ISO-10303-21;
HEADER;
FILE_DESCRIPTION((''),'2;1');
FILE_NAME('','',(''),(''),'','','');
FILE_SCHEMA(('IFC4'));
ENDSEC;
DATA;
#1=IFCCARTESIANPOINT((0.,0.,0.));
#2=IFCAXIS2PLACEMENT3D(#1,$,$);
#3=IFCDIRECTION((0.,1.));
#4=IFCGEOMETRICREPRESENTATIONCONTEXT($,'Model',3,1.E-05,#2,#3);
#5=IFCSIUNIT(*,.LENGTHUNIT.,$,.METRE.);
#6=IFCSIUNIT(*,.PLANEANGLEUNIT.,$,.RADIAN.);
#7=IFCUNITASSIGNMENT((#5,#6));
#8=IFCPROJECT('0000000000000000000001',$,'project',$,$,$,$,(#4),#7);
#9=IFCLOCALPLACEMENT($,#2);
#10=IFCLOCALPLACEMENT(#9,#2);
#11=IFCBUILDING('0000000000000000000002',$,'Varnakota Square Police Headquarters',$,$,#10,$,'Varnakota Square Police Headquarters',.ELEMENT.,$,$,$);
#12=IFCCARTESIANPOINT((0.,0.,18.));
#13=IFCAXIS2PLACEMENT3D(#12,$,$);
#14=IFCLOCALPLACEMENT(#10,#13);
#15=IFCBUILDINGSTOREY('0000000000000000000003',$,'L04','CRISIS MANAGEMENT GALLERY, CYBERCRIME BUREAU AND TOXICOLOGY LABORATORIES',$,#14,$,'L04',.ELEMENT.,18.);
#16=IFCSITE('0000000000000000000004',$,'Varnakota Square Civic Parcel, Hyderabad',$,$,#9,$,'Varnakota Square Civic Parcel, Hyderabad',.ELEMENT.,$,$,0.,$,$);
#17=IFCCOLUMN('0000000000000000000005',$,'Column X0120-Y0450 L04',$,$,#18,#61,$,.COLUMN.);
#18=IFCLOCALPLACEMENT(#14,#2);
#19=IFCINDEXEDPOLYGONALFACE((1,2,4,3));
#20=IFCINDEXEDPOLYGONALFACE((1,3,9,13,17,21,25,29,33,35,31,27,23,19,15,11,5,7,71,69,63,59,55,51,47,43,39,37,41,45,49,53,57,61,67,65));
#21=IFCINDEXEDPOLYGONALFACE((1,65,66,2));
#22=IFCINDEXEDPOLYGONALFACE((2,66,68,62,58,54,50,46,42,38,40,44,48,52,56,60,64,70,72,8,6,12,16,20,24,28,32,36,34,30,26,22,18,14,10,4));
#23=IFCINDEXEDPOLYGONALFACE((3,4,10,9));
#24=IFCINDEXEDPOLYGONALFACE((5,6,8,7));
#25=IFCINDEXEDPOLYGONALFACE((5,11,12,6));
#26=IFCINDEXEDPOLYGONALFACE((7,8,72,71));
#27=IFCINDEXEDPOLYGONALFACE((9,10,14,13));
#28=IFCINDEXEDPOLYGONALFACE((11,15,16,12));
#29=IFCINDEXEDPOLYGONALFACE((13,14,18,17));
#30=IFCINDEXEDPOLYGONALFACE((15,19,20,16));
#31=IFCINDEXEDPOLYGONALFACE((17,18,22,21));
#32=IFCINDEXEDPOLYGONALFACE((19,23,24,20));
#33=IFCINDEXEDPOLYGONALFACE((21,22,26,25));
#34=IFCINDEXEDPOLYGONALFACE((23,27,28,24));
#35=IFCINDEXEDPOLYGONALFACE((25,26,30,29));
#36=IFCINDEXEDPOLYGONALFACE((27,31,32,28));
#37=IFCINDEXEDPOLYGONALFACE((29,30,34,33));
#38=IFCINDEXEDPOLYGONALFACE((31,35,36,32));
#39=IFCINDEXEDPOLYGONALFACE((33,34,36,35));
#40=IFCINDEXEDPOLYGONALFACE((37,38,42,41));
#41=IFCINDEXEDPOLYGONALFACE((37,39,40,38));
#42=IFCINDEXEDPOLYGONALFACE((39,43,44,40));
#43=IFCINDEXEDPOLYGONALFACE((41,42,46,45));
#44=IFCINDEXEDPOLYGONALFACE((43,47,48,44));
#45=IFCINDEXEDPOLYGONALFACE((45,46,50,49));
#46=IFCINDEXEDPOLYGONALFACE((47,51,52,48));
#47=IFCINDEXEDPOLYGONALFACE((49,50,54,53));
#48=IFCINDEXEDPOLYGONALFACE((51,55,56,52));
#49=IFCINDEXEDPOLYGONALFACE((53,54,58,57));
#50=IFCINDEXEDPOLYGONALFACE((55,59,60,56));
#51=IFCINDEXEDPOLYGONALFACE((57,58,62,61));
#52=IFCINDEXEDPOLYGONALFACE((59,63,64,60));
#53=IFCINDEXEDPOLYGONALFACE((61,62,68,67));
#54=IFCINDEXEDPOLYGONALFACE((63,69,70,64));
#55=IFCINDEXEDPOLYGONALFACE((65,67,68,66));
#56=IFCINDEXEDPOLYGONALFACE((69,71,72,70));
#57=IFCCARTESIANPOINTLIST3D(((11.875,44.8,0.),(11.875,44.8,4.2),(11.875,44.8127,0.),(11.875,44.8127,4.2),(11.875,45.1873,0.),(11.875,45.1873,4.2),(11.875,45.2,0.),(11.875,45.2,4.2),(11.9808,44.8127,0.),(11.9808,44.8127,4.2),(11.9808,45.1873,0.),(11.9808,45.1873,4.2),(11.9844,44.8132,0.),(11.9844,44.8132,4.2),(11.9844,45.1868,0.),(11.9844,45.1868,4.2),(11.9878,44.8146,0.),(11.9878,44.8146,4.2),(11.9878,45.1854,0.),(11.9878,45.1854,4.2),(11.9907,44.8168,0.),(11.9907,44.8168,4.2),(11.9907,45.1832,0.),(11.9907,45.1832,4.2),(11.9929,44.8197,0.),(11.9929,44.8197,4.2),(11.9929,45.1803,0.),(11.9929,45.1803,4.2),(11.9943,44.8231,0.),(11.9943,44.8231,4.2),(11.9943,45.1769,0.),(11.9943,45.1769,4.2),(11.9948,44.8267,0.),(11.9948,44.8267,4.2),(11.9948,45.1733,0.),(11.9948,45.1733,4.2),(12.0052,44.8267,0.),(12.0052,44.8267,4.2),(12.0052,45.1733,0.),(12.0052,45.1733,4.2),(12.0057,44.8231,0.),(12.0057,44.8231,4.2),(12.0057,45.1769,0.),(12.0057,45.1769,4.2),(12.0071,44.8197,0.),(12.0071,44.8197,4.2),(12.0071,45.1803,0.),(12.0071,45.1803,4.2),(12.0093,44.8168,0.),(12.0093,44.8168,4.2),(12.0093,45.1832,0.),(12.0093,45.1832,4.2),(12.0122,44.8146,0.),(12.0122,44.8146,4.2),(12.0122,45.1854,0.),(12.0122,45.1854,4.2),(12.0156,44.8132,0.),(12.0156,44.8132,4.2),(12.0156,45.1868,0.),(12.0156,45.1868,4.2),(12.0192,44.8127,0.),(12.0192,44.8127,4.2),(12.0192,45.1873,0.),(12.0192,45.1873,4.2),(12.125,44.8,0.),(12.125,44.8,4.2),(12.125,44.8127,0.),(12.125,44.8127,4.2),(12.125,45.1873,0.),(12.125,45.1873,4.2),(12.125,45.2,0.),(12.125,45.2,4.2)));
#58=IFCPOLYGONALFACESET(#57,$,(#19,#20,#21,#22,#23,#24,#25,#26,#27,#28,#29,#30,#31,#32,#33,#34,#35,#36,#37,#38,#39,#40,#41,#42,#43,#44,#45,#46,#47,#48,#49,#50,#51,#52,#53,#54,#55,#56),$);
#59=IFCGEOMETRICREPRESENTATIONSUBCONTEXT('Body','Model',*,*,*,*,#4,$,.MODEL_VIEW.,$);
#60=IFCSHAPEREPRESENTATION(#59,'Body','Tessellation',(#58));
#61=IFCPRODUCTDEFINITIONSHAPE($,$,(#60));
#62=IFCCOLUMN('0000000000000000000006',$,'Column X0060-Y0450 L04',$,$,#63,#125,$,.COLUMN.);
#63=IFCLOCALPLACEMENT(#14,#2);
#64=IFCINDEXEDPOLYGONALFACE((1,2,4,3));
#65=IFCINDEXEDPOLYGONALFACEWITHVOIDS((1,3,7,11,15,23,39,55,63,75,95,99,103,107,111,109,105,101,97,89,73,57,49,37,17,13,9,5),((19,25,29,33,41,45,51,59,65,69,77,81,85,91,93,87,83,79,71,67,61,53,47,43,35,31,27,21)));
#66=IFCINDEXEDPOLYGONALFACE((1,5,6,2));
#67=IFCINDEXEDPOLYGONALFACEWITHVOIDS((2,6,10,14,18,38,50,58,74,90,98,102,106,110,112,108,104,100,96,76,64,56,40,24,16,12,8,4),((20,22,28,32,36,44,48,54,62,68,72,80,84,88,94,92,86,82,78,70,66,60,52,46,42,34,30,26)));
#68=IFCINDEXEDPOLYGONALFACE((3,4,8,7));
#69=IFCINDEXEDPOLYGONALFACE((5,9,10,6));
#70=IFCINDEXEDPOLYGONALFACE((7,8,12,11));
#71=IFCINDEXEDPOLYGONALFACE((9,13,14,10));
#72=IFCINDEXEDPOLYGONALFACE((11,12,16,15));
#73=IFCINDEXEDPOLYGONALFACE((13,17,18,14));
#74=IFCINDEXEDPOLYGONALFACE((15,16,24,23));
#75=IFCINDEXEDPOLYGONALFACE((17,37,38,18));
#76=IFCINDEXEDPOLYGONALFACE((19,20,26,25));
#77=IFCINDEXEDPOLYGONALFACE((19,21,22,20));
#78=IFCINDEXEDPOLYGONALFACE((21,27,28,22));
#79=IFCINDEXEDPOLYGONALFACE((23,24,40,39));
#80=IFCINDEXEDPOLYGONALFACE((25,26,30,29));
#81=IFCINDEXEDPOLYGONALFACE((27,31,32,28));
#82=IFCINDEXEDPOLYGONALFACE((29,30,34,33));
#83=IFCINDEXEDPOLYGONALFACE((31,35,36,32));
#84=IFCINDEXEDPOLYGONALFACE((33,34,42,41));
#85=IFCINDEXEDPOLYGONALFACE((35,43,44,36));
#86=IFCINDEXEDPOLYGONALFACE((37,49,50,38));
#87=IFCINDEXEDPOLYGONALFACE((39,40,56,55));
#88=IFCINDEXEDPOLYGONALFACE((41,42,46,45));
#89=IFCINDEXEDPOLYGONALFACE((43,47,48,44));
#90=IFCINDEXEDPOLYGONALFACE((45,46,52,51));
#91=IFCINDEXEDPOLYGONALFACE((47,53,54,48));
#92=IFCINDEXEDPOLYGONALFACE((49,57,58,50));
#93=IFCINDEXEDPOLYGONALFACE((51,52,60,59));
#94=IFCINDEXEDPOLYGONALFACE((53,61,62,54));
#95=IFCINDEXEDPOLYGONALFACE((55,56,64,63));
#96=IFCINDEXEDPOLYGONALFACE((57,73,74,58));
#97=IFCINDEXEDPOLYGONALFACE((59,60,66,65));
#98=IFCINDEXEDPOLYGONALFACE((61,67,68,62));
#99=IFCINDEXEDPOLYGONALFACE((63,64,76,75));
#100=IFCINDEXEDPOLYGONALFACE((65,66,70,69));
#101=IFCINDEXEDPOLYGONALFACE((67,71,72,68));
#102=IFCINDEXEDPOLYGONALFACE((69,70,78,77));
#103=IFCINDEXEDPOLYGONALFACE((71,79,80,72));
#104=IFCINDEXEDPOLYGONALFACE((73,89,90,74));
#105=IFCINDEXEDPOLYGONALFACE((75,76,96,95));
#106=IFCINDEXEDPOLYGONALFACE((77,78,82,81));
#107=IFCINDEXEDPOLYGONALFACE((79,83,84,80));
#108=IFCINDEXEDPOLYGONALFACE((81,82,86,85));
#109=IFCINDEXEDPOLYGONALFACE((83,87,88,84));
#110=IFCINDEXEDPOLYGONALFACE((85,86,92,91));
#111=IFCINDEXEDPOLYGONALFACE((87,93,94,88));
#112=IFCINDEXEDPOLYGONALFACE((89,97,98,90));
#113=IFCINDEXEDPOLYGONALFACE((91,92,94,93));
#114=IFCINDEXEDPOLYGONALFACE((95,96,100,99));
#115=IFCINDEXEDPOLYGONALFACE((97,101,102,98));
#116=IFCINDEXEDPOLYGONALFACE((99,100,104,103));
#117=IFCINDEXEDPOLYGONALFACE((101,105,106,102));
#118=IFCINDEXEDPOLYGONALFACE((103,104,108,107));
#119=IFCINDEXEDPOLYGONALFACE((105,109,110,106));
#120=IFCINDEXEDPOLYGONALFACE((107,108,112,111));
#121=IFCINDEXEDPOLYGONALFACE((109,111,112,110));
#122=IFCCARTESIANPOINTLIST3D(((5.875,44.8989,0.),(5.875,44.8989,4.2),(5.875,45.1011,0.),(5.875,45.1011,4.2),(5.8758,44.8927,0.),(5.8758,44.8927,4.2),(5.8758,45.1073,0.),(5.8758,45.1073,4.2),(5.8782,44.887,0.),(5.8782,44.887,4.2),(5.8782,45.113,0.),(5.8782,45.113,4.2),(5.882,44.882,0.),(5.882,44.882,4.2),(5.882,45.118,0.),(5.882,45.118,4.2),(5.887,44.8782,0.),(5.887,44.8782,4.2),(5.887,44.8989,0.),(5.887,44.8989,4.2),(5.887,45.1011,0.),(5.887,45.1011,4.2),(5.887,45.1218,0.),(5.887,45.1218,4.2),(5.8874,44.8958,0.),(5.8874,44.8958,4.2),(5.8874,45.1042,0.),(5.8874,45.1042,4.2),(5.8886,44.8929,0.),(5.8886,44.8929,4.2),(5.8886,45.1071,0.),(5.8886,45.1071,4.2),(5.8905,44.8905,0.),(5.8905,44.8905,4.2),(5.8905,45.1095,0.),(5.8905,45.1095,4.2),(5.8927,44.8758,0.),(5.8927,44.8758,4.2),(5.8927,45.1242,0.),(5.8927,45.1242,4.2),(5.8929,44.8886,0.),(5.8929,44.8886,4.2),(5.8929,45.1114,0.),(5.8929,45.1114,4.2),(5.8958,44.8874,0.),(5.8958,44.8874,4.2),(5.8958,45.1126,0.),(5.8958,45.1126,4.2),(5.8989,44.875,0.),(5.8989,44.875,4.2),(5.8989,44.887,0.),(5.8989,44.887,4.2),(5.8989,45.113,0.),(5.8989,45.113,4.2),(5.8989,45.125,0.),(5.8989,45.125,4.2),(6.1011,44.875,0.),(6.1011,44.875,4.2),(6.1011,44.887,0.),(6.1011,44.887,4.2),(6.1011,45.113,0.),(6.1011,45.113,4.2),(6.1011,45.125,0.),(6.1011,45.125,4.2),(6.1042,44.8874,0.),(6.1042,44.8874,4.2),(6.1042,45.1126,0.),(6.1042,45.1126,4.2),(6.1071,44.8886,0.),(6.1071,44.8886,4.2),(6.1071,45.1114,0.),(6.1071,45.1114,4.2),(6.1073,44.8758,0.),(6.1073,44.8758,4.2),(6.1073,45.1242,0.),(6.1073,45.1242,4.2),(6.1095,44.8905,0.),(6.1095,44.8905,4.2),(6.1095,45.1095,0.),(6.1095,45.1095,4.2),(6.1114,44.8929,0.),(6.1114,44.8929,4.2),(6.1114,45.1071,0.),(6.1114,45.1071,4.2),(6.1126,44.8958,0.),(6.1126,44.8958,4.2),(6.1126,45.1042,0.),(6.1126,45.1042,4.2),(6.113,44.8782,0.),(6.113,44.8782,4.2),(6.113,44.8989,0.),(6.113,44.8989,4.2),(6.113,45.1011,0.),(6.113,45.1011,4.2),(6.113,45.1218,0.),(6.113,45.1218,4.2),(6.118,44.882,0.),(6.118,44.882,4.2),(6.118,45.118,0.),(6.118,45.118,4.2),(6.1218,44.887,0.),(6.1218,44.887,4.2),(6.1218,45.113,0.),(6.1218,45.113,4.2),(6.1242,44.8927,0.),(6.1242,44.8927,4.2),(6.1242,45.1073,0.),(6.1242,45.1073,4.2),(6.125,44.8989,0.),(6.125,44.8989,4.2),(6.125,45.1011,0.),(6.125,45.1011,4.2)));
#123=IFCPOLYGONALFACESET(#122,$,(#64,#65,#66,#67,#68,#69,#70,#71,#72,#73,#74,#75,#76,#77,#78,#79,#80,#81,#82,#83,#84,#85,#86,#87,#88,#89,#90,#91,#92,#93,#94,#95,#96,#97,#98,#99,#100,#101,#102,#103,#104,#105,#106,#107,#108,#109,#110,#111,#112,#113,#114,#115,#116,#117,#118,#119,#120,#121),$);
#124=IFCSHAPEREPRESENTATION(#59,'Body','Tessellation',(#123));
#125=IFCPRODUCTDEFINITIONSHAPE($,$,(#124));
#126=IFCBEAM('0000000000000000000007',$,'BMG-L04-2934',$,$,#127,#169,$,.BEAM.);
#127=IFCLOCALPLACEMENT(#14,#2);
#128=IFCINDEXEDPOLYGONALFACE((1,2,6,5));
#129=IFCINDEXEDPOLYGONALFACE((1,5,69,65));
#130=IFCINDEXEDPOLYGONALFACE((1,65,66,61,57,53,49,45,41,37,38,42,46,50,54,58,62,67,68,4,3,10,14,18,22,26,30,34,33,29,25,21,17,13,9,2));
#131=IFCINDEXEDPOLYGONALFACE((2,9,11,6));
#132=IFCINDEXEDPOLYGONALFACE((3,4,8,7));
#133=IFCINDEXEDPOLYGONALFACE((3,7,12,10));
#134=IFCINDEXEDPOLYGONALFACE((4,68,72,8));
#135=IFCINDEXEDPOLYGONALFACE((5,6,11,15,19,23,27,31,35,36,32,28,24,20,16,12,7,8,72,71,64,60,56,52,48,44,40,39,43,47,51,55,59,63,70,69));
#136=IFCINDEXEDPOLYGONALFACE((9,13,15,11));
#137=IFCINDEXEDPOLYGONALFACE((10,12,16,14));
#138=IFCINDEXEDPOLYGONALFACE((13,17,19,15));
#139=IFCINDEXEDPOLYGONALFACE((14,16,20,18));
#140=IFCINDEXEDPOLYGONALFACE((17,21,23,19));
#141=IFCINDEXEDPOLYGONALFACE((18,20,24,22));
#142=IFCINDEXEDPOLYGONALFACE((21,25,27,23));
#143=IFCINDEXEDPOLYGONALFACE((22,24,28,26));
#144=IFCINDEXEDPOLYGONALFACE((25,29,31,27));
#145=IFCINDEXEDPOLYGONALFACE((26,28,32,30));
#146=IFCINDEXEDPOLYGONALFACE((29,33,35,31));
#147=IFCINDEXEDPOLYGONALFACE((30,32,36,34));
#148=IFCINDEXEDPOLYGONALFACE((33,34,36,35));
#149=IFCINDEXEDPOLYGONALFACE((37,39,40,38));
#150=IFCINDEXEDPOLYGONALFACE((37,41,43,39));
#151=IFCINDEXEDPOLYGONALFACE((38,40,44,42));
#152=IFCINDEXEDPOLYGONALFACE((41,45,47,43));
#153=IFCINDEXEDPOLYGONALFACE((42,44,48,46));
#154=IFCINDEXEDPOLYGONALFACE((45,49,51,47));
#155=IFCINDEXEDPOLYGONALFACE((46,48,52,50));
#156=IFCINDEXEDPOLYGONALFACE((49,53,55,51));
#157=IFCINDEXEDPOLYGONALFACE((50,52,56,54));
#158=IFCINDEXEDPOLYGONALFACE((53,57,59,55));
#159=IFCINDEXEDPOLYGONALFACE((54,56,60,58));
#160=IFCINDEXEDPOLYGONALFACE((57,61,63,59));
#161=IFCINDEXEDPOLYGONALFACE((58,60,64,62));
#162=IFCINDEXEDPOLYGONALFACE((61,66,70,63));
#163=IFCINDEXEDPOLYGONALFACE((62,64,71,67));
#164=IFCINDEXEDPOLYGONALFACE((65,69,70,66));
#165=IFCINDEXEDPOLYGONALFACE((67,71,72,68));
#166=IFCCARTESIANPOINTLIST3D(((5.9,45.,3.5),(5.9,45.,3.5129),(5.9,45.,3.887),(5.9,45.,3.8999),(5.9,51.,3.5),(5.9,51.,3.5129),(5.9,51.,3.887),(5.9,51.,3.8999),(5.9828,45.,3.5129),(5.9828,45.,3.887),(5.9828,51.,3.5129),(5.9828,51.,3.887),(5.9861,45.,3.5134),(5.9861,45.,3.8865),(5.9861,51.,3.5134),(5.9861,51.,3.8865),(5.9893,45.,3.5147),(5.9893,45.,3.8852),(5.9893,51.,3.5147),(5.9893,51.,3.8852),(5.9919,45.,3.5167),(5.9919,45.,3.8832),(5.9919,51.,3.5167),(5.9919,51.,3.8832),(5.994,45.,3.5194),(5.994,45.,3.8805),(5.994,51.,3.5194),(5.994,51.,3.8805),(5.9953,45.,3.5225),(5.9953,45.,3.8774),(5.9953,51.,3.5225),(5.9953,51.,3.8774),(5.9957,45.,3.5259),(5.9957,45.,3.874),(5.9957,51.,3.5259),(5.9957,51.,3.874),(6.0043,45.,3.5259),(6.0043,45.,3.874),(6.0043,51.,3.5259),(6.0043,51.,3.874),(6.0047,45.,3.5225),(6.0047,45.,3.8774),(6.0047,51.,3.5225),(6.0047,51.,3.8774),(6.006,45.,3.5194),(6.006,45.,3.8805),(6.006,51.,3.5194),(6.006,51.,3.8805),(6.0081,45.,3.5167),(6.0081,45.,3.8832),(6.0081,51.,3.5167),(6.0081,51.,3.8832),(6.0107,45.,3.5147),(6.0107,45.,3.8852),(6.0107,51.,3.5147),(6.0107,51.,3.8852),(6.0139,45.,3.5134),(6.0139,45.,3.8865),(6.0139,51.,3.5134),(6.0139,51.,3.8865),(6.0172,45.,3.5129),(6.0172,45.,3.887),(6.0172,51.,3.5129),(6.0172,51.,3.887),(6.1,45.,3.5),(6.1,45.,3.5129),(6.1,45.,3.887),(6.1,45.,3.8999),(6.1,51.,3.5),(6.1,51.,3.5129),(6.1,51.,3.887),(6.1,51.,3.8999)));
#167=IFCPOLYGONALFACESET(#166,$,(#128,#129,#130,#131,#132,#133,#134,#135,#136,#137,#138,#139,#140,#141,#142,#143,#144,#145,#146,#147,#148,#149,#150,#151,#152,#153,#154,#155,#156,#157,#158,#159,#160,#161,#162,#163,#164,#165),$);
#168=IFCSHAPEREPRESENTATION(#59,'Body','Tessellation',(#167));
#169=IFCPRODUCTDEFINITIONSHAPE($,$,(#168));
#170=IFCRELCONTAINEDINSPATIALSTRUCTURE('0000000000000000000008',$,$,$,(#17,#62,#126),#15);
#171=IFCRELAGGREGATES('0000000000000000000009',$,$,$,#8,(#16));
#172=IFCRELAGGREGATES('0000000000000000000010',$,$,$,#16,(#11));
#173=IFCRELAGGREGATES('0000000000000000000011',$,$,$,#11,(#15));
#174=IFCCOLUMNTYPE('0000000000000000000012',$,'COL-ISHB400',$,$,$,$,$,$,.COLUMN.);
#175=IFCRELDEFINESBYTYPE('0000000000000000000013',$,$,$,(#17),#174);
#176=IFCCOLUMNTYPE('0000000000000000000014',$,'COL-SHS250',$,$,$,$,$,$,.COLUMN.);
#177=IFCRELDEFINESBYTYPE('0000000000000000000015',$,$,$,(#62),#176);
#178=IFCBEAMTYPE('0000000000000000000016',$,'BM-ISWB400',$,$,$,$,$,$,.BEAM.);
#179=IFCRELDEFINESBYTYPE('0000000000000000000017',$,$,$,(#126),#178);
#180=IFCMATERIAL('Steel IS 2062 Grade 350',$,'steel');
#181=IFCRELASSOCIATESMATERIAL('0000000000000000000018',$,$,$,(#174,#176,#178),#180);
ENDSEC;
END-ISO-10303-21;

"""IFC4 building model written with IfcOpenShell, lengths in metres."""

from ifc_helpers import new_model, si_unit, direction, frame, origin, origin_2d, place, context, subcontext, project, spatial, hollow_rectangle, i_section, extrude, material, material_profile, profile_set, type_object, element, save


model = new_model("IFC4")

# Units and contexts
model_context = context("Model", 3, precision=1e-05, world=origin(), true_north=direction((0.0, 1.0)))
body_context = subcontext(model_context, "Body", "Model", "MODEL_VIEW")
ifc_project = project(units=[si_unit("LENGTHUNIT", "METRE"), si_unit("PLANEANGLEUNIT", "RADIAN")], contexts=[model_context])

# Site, building, storey
site_placement = place(None, origin())
site = spatial("IfcSite", under=ifc_project, at=site_placement, Name="Varnakota Square Civic Parcel, Hyderabad", LongName="Varnakota Square Civic Parcel, Hyderabad", CompositionType="ELEMENT", RefElevation=0.0)
building_placement = place(site_placement, origin())
building = spatial("IfcBuilding", under=site, at=building_placement, Name="Varnakota Square Police Headquarters", LongName="Varnakota Square Police Headquarters", CompositionType="ELEMENT")
storey_placement = place(building_placement, frame((0.0, 0.0, 18.0)))
storey = spatial("IfcBuildingStorey", under=building, at=storey_placement, Name="L04", Description="CRISIS MANAGEMENT GALLERY, CYBERCRIME BUREAU AND TOXICOLOGY LABORATORIES", LongName="L04", CompositionType="ELEMENT", Elevation=18.0)

# Columns
ifc_material_1 = material(Name="Steel IS 2062 Grade 350", Category="steel")
ifc_material_profile_1 = material_profile(ifc_material_1, i_section(OverallWidth=0.25, OverallDepth=0.3999, WebThickness=0.0105, FlangeThickness=0.0127, FilletRadius=0.0139, at=origin_2d()), Name="ISHB 400")
ifc_profile_set_1 = profile_set([ifc_material_profile_1], Name="Steel IS 2062 Grade 350")
column_type_1 = type_object("IfcColumnType", Name="COL-ISHB400", PredefinedType="COLUMN", material=ifc_profile_set_1)
column_1_placement = place(storey_placement, frame((12.0, 45.0, 0.0), z_axis=(0.0, 0.0, 1.0), x_axis=(1.0, 0.0, 0.0)))
element("IfcColumn", 1, at=column_1_placement, inside=storey, type_object=column_type_1, Name="Column X0120-Y0450 L04", PredefinedType="COLUMN", context=body_context, shape_type="SweptSolid", body=[
    extrude(i_section(OverallWidth=0.25, OverallDepth=0.3999, WebThickness=0.0105, FlangeThickness=0.0127, FilletRadius=0.0139, at=origin_2d()), origin(), (0.0, 0.0, 1.0), 4.2),
])
ifc_material_profile_2 = material_profile(ifc_material_1, hollow_rectangle(XDim=0.25, YDim=0.25, WallThickness=0.012, InnerFilletRadius=0.012, OuterFilletRadius=0.0239, at=origin_2d()), Name="SHS 250x250x12")
ifc_profile_set_2 = profile_set([ifc_material_profile_2], Name="Steel IS 2062 Grade 350")
column_type_2 = type_object("IfcColumnType", Name="COL-SHS250", PredefinedType="COLUMN", material=ifc_profile_set_2)
column_2_placement = place(storey_placement, frame((6.0, 45.0, 0.0), z_axis=(0.0, 0.0, 1.0), x_axis=(1.0, 0.0, 0.0)))
element("IfcColumn", 2, at=column_2_placement, inside=storey, type_object=column_type_2, Name="Column X0060-Y0450 L04", PredefinedType="COLUMN", context=body_context, shape_type="SweptSolid", body=[
    extrude(hollow_rectangle(XDim=0.25, YDim=0.25, WallThickness=0.012, InnerFilletRadius=0.012, OuterFilletRadius=0.0239, at=origin_2d()), origin(), (0.0, 0.0, 1.0), 4.2),
])

# Beam
ifc_material_profile_3 = material_profile(ifc_material_1, i_section(OverallWidth=0.2, OverallDepth=0.3999, WebThickness=0.0085, FlangeThickness=0.0129, FilletRadius=0.0129, at=origin_2d()), Name="ISWB 400")
ifc_profile_set_3 = profile_set([ifc_material_profile_3], Name="Steel IS 2062 Grade 350")
beam_type_1 = type_object("IfcBeamType", Name="BM-ISWB400", PredefinedType="BEAM", material=ifc_profile_set_3)
for number, where, z_axis, x_axis, name in (
    (3, (6.0, 45.0, 3.7), (0.0, 1.0, 0.0), (-1.0, 0.0, 0.0), "BMG-L04-2934"),
):
    element("IfcBeam", number, at=place(storey_placement, frame(where, z_axis=z_axis, x_axis=x_axis)), inside=storey, type_object=beam_type_1, Name=name, PredefinedType="BEAM", context=body_context, shape_type="SweptSolid", body=[
        extrude(i_section(OverallWidth=0.2, OverallDepth=0.3999, WebThickness=0.0085, FlangeThickness=0.0129, FilletRadius=0.0129, at=origin_2d()), origin(), (0.0, 0.0, 1.0), 6.0),
    ])

save(model, "model.ifc")
